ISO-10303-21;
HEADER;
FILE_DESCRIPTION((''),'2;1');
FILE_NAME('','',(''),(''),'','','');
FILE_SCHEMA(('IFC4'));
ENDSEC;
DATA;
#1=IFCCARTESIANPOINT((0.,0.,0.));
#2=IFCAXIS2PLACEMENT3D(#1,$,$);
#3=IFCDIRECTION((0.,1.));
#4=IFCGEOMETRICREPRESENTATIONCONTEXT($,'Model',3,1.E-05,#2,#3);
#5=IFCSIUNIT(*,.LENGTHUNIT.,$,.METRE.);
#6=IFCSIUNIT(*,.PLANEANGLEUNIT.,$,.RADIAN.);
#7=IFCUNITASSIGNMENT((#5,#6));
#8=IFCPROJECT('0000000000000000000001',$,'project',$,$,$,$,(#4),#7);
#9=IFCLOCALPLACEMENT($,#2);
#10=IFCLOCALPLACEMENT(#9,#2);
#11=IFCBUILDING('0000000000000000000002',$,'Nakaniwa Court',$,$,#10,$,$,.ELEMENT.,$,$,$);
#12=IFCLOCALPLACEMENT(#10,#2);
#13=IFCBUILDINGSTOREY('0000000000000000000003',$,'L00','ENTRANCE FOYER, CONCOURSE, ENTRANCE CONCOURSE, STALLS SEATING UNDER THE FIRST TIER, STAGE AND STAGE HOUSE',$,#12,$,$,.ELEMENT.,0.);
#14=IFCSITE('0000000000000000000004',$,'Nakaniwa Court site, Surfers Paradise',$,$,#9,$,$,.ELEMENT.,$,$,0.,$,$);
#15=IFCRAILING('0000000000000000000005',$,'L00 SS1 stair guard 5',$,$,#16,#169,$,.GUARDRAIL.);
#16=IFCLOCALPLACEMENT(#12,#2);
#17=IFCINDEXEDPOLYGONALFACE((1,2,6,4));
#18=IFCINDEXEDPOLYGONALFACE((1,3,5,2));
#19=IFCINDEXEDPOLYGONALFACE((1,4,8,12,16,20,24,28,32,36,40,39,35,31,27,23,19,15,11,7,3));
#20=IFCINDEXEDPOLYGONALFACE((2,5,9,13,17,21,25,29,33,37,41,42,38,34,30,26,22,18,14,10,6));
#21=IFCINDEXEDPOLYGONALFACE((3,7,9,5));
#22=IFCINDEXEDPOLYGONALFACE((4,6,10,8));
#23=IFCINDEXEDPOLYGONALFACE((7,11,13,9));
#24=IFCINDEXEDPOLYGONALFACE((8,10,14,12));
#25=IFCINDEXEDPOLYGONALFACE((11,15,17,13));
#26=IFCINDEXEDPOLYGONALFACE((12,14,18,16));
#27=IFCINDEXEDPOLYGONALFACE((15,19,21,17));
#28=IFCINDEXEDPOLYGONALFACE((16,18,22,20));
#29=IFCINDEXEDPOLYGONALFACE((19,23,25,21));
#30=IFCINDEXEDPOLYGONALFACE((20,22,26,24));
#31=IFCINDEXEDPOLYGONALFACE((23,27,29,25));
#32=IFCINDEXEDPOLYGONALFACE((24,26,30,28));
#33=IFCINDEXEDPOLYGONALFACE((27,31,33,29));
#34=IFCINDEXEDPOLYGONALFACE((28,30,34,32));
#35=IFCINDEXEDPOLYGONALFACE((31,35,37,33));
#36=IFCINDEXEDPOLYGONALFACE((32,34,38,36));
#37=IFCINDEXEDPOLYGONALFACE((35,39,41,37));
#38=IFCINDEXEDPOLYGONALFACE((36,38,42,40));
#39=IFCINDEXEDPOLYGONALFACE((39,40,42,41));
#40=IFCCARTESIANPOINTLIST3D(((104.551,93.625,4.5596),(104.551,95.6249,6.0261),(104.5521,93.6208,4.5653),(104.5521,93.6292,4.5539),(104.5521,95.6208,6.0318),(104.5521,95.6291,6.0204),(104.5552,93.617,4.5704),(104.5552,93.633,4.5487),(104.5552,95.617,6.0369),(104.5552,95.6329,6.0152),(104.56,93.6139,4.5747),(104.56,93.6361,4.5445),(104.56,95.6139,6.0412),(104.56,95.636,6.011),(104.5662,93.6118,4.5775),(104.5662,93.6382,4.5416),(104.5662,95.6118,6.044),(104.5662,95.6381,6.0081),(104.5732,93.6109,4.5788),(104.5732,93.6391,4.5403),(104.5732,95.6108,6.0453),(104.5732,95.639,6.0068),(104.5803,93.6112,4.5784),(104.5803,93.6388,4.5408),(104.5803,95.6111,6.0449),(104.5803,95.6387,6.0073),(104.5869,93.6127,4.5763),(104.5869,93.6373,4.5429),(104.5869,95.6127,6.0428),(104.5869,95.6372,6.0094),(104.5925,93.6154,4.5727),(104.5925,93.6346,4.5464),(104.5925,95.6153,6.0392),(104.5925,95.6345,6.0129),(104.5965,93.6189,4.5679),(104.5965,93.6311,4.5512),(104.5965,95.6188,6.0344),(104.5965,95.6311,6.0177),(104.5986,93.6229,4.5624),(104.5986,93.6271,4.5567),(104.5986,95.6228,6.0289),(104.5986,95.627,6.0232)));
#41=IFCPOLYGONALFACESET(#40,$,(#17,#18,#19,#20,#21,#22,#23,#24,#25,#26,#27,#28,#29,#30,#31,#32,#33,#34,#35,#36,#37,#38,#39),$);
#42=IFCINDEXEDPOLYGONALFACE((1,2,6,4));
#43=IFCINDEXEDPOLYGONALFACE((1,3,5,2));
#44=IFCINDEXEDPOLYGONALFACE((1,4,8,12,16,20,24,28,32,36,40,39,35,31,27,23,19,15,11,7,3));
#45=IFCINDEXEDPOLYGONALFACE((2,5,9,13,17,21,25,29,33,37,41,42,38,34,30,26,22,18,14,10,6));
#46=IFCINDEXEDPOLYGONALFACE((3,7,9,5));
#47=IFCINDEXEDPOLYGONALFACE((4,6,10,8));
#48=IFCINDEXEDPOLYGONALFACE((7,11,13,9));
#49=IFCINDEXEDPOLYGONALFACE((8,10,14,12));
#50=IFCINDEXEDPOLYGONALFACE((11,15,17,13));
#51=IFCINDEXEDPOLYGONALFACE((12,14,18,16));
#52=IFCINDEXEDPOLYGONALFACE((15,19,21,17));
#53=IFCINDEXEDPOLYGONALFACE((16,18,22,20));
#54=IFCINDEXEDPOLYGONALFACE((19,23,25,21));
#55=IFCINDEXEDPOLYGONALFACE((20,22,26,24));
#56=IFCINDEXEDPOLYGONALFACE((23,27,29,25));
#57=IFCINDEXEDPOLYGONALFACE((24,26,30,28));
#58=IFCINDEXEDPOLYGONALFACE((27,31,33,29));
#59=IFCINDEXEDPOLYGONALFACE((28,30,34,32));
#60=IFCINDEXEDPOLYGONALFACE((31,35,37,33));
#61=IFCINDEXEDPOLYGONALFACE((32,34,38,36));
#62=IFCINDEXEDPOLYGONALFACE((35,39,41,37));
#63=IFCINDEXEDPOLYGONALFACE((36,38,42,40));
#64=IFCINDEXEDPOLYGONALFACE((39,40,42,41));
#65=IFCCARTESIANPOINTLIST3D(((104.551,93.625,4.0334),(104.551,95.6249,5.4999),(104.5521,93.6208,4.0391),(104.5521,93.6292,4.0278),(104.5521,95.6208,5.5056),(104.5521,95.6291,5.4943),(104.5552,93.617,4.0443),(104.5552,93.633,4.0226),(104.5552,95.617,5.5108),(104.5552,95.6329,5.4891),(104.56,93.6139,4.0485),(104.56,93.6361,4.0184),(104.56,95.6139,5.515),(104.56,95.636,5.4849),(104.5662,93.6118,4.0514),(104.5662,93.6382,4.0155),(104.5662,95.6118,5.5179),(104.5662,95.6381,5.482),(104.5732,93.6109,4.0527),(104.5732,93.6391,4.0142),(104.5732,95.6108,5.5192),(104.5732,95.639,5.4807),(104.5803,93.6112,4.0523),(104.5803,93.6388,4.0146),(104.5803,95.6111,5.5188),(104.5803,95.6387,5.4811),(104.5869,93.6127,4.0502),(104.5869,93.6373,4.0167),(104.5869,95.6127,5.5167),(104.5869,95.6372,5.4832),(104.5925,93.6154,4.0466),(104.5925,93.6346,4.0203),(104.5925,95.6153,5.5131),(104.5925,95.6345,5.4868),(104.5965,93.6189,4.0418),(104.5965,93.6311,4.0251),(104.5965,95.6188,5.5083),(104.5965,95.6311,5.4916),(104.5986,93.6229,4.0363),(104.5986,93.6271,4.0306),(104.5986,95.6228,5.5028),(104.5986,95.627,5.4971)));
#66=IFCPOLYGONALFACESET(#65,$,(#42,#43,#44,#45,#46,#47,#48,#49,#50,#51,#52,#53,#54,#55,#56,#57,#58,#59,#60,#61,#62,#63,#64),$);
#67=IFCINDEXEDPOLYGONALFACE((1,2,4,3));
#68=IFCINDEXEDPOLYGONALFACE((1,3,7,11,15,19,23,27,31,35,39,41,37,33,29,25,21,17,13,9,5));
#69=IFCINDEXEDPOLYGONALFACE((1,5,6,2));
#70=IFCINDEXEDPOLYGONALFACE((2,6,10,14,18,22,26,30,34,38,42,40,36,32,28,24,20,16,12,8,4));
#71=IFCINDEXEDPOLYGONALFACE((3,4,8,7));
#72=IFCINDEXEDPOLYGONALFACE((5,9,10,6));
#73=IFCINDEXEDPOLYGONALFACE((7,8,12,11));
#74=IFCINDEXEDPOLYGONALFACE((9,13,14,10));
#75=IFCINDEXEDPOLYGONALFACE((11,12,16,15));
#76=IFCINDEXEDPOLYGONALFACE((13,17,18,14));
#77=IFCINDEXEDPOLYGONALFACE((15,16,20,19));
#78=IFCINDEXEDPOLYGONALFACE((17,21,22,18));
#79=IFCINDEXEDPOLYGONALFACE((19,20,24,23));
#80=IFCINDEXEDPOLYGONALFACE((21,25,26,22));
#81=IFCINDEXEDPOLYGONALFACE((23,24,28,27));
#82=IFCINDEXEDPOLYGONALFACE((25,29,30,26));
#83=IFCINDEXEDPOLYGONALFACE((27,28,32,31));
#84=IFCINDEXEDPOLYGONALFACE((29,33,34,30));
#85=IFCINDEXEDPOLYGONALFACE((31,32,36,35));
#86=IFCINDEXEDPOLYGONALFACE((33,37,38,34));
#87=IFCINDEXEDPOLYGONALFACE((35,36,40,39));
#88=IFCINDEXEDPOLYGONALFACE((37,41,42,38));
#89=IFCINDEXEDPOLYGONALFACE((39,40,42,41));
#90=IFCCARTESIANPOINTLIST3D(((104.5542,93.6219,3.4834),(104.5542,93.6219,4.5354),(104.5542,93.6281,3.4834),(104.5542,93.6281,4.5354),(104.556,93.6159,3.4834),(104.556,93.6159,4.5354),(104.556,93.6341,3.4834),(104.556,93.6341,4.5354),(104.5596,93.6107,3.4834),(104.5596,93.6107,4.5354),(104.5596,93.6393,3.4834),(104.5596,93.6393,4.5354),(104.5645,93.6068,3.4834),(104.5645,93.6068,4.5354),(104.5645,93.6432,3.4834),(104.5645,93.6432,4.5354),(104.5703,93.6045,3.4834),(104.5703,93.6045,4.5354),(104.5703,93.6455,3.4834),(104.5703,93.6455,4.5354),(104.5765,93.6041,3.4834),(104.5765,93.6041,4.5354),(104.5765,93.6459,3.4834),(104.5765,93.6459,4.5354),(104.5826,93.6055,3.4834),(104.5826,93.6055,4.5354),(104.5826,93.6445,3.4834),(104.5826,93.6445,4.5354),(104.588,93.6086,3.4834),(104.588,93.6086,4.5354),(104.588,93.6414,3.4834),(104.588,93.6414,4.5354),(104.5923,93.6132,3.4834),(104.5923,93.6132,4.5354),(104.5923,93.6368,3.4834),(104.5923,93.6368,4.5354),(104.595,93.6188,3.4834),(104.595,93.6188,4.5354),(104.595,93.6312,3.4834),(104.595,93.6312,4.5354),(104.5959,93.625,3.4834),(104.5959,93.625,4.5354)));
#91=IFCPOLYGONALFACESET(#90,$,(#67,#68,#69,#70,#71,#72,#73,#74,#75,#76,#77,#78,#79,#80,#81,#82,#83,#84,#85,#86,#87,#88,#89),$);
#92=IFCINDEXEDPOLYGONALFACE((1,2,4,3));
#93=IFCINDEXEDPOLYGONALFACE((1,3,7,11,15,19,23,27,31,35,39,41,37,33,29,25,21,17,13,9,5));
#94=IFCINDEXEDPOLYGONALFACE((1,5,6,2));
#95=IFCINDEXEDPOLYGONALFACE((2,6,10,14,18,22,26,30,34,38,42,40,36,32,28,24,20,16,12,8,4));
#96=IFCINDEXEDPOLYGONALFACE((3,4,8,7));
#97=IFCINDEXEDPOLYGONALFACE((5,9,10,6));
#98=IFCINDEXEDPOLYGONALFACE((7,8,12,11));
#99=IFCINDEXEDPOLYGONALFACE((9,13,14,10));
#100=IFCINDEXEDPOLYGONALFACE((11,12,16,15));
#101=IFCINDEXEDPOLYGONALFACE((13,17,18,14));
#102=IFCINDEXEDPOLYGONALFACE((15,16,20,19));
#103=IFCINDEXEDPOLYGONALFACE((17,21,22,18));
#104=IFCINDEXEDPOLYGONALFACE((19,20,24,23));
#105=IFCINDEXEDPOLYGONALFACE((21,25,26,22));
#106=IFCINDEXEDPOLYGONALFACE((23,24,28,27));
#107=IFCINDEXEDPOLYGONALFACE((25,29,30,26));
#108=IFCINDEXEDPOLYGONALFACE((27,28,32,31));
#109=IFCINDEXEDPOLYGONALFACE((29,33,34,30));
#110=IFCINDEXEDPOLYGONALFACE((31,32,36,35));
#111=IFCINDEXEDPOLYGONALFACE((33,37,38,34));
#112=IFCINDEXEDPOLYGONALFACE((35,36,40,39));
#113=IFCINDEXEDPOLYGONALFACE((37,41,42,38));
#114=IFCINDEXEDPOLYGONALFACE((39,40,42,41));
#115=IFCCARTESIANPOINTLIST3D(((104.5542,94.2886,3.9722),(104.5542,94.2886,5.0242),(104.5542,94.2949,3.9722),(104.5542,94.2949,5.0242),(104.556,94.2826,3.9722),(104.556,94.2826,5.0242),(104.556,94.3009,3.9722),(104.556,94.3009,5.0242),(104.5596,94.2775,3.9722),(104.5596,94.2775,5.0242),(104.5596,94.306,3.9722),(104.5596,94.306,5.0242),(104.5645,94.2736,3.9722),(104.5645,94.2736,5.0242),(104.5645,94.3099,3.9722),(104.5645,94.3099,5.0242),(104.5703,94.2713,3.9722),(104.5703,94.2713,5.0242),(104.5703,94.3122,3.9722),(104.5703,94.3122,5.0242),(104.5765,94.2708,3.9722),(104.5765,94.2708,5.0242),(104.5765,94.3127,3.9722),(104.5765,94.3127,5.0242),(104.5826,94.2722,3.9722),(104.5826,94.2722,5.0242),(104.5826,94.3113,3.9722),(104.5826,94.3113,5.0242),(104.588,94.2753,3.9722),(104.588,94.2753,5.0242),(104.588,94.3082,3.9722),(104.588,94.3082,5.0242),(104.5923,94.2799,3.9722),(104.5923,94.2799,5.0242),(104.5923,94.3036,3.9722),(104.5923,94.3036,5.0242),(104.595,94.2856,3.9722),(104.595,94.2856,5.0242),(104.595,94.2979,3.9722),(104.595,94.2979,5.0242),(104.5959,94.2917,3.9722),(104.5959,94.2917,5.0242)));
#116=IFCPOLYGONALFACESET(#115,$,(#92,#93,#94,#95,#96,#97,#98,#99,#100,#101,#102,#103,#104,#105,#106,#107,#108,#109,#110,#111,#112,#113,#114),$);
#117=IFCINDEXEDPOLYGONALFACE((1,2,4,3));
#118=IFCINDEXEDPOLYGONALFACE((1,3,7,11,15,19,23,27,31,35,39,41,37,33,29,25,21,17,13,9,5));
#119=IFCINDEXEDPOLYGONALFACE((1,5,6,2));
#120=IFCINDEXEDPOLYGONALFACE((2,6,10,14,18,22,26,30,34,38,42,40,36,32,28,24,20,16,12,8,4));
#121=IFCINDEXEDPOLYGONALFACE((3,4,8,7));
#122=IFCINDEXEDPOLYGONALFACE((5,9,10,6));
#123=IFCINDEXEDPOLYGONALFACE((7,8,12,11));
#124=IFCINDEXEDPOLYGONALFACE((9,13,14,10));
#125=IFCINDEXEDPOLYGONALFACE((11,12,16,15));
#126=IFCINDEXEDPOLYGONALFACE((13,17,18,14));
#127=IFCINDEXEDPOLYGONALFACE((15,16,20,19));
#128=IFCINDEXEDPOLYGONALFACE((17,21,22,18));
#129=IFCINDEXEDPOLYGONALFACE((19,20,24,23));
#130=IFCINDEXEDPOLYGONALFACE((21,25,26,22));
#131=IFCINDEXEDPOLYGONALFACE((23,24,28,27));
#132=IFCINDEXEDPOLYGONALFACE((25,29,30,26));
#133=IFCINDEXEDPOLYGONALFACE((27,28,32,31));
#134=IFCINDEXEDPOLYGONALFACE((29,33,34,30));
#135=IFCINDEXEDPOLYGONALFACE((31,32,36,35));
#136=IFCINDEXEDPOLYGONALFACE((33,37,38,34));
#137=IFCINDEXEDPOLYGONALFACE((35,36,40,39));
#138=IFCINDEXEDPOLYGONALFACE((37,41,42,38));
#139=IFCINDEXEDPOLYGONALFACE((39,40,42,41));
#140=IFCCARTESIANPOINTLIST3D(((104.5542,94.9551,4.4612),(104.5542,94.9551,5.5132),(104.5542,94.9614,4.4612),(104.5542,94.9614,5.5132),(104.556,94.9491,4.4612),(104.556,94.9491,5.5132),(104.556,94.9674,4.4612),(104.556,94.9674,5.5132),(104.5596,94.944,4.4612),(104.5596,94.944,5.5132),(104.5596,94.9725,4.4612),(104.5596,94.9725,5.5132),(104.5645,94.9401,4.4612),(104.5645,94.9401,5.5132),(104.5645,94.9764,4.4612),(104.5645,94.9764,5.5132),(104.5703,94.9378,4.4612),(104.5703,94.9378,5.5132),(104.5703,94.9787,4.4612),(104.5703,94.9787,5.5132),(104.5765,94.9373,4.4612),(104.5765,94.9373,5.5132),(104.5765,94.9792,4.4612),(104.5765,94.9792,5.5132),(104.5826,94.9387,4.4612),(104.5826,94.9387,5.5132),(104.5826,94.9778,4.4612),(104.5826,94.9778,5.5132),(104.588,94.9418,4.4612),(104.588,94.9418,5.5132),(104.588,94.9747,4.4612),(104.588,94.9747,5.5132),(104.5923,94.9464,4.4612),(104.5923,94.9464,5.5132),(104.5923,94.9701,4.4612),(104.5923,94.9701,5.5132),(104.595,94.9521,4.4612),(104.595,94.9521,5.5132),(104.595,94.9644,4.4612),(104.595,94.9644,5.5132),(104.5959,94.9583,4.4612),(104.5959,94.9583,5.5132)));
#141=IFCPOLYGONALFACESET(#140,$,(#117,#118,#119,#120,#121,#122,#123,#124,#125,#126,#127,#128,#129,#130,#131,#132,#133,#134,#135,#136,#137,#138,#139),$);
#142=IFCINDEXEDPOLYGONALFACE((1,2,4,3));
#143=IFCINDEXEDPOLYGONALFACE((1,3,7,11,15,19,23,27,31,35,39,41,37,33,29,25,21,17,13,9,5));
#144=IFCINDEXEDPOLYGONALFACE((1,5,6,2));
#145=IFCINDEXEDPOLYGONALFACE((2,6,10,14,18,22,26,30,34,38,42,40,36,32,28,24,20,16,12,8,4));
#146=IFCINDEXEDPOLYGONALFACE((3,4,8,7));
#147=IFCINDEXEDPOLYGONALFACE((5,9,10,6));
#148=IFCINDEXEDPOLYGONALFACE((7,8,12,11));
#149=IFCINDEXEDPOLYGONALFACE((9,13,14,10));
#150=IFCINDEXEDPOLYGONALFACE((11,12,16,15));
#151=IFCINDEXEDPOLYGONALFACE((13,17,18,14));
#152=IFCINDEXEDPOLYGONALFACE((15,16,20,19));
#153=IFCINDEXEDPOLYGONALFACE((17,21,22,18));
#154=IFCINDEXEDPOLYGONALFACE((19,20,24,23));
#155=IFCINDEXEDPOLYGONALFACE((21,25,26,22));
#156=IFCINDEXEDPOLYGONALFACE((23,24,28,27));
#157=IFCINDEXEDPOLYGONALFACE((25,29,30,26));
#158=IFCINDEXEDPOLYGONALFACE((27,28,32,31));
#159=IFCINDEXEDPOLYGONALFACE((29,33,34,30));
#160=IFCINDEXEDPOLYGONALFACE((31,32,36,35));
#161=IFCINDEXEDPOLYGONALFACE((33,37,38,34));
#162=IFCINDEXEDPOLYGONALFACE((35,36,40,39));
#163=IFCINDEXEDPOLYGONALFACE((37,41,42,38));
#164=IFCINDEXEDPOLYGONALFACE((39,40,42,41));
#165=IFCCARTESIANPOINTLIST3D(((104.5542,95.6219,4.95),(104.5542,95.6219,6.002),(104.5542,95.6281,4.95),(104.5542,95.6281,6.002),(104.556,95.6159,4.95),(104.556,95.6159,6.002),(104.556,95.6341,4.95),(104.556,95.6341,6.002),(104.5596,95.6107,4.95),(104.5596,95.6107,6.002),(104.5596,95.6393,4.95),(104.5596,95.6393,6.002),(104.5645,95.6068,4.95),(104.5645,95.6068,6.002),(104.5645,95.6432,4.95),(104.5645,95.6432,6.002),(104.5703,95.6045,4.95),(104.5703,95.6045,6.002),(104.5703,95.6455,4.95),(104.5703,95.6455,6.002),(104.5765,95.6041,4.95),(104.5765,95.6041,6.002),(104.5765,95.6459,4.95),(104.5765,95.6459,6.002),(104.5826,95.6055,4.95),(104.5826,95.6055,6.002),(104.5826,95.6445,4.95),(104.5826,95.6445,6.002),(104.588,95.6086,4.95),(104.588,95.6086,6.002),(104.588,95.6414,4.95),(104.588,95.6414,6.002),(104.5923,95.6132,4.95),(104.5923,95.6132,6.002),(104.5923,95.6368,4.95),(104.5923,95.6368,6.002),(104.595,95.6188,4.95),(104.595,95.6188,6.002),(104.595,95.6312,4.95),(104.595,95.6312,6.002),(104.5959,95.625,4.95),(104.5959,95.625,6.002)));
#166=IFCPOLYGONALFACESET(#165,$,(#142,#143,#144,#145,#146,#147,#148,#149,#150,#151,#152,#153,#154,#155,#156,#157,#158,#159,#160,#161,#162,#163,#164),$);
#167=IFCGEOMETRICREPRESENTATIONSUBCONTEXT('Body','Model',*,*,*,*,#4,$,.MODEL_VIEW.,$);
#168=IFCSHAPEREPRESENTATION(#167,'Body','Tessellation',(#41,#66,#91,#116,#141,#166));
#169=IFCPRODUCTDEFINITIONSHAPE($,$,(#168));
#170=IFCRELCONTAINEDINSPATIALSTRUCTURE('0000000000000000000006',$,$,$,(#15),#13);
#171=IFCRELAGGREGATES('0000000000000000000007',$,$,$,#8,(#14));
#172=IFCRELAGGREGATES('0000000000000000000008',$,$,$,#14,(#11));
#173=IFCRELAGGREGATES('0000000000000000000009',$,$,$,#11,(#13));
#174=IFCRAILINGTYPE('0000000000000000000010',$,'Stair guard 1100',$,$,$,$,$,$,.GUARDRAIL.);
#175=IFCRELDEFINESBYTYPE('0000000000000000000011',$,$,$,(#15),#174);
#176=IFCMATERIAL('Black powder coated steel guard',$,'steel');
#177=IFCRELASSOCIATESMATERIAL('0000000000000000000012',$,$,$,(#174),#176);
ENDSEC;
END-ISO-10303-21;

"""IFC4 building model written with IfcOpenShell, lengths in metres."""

from ifc_helpers import new_model, si_unit, direction, frame, origin, origin_2d, place, context, subcontext, project, spatial, circle, extrude, material, type_object, element, save


model = new_model("IFC4")

# Units and contexts
model_context = context("Model", 3, precision=1e-05, world=origin(), true_north=direction((0.0, 1.0)))
body_context = subcontext(model_context, "Body", "Model", "MODEL_VIEW")
ifc_project = project(units=[si_unit("LENGTHUNIT", "METRE"), si_unit("PLANEANGLEUNIT", "RADIAN")], contexts=[model_context])

# Site, building, storey
site_placement = place(None, origin())
site = spatial("IfcSite", under=ifc_project, at=site_placement, Name="Nakaniwa Court site, Surfers Paradise", CompositionType="ELEMENT", RefElevation=0.0)
building_placement = place(site_placement, origin())
building = spatial("IfcBuilding", under=site, at=building_placement, Name="Nakaniwa Court", CompositionType="ELEMENT")
storey_placement = place(building_placement, origin())
storey = spatial("IfcBuildingStorey", under=building, at=storey_placement, Name="L00", Description="ENTRANCE FOYER, CONCOURSE, ENTRANCE CONCOURSE, STALLS SEATING UNDER THE FIRST TIER, STAGE AND STAGE HOUSE", CompositionType="ELEMENT", Elevation=0.0)

# Railing
ifc_material_1 = material(Name="Black powder coated steel guard", Category="steel")
railing_type_1 = type_object("IfcRailingType", Name="Stair guard 1100", PredefinedType="GUARDRAIL", material=ifc_material_1)
railing_1_placement = place(storey_placement, frame((104.575, 93.625, 3.4834)))
element("IfcRailing", 1, at=railing_1_placement, inside=storey, type_object=railing_type_1, Name="L00 SS1 stair guard 5", PredefinedType="GUARDRAIL", context=body_context, shape_type="SweptSolid", body=[
    extrude(circle(Radius=0.0239, at=origin_2d()), frame((0.0, 0.0, 1.0762), z_axis=(0.0, 0.806427, 0.591334), x_axis=(-1.0, 0.0, 0.0)), (0.0, 0.0, 1.0), 2.48),
    extrude(circle(Radius=0.0239, at=origin_2d()), frame((0.0, 0.0, 0.55), z_axis=(0.0, 0.806427, 0.591334), x_axis=(-1.0, 0.0, 0.0)), (0.0, 0.0, 1.0), 2.48),
    extrude(circle(Radius=0.021, at=origin_2d()), origin(), (0.0, 0.0, 1.0), 1.052),
    extrude(circle(Radius=0.021, at=origin_2d()), frame((0.0, 0.6667, 0.4888)), (0.0, 0.0, 1.0), 1.052),
    extrude(circle(Radius=0.021, at=origin_2d()), frame((0.0, 1.3333, 0.9778)), (0.0, 0.0, 1.0), 1.052),
    extrude(circle(Radius=0.021, at=origin_2d()), frame((0.0, 2.0, 1.4666)), (0.0, 0.0, 1.0), 1.052),
])

save(model, "model.ifc")
